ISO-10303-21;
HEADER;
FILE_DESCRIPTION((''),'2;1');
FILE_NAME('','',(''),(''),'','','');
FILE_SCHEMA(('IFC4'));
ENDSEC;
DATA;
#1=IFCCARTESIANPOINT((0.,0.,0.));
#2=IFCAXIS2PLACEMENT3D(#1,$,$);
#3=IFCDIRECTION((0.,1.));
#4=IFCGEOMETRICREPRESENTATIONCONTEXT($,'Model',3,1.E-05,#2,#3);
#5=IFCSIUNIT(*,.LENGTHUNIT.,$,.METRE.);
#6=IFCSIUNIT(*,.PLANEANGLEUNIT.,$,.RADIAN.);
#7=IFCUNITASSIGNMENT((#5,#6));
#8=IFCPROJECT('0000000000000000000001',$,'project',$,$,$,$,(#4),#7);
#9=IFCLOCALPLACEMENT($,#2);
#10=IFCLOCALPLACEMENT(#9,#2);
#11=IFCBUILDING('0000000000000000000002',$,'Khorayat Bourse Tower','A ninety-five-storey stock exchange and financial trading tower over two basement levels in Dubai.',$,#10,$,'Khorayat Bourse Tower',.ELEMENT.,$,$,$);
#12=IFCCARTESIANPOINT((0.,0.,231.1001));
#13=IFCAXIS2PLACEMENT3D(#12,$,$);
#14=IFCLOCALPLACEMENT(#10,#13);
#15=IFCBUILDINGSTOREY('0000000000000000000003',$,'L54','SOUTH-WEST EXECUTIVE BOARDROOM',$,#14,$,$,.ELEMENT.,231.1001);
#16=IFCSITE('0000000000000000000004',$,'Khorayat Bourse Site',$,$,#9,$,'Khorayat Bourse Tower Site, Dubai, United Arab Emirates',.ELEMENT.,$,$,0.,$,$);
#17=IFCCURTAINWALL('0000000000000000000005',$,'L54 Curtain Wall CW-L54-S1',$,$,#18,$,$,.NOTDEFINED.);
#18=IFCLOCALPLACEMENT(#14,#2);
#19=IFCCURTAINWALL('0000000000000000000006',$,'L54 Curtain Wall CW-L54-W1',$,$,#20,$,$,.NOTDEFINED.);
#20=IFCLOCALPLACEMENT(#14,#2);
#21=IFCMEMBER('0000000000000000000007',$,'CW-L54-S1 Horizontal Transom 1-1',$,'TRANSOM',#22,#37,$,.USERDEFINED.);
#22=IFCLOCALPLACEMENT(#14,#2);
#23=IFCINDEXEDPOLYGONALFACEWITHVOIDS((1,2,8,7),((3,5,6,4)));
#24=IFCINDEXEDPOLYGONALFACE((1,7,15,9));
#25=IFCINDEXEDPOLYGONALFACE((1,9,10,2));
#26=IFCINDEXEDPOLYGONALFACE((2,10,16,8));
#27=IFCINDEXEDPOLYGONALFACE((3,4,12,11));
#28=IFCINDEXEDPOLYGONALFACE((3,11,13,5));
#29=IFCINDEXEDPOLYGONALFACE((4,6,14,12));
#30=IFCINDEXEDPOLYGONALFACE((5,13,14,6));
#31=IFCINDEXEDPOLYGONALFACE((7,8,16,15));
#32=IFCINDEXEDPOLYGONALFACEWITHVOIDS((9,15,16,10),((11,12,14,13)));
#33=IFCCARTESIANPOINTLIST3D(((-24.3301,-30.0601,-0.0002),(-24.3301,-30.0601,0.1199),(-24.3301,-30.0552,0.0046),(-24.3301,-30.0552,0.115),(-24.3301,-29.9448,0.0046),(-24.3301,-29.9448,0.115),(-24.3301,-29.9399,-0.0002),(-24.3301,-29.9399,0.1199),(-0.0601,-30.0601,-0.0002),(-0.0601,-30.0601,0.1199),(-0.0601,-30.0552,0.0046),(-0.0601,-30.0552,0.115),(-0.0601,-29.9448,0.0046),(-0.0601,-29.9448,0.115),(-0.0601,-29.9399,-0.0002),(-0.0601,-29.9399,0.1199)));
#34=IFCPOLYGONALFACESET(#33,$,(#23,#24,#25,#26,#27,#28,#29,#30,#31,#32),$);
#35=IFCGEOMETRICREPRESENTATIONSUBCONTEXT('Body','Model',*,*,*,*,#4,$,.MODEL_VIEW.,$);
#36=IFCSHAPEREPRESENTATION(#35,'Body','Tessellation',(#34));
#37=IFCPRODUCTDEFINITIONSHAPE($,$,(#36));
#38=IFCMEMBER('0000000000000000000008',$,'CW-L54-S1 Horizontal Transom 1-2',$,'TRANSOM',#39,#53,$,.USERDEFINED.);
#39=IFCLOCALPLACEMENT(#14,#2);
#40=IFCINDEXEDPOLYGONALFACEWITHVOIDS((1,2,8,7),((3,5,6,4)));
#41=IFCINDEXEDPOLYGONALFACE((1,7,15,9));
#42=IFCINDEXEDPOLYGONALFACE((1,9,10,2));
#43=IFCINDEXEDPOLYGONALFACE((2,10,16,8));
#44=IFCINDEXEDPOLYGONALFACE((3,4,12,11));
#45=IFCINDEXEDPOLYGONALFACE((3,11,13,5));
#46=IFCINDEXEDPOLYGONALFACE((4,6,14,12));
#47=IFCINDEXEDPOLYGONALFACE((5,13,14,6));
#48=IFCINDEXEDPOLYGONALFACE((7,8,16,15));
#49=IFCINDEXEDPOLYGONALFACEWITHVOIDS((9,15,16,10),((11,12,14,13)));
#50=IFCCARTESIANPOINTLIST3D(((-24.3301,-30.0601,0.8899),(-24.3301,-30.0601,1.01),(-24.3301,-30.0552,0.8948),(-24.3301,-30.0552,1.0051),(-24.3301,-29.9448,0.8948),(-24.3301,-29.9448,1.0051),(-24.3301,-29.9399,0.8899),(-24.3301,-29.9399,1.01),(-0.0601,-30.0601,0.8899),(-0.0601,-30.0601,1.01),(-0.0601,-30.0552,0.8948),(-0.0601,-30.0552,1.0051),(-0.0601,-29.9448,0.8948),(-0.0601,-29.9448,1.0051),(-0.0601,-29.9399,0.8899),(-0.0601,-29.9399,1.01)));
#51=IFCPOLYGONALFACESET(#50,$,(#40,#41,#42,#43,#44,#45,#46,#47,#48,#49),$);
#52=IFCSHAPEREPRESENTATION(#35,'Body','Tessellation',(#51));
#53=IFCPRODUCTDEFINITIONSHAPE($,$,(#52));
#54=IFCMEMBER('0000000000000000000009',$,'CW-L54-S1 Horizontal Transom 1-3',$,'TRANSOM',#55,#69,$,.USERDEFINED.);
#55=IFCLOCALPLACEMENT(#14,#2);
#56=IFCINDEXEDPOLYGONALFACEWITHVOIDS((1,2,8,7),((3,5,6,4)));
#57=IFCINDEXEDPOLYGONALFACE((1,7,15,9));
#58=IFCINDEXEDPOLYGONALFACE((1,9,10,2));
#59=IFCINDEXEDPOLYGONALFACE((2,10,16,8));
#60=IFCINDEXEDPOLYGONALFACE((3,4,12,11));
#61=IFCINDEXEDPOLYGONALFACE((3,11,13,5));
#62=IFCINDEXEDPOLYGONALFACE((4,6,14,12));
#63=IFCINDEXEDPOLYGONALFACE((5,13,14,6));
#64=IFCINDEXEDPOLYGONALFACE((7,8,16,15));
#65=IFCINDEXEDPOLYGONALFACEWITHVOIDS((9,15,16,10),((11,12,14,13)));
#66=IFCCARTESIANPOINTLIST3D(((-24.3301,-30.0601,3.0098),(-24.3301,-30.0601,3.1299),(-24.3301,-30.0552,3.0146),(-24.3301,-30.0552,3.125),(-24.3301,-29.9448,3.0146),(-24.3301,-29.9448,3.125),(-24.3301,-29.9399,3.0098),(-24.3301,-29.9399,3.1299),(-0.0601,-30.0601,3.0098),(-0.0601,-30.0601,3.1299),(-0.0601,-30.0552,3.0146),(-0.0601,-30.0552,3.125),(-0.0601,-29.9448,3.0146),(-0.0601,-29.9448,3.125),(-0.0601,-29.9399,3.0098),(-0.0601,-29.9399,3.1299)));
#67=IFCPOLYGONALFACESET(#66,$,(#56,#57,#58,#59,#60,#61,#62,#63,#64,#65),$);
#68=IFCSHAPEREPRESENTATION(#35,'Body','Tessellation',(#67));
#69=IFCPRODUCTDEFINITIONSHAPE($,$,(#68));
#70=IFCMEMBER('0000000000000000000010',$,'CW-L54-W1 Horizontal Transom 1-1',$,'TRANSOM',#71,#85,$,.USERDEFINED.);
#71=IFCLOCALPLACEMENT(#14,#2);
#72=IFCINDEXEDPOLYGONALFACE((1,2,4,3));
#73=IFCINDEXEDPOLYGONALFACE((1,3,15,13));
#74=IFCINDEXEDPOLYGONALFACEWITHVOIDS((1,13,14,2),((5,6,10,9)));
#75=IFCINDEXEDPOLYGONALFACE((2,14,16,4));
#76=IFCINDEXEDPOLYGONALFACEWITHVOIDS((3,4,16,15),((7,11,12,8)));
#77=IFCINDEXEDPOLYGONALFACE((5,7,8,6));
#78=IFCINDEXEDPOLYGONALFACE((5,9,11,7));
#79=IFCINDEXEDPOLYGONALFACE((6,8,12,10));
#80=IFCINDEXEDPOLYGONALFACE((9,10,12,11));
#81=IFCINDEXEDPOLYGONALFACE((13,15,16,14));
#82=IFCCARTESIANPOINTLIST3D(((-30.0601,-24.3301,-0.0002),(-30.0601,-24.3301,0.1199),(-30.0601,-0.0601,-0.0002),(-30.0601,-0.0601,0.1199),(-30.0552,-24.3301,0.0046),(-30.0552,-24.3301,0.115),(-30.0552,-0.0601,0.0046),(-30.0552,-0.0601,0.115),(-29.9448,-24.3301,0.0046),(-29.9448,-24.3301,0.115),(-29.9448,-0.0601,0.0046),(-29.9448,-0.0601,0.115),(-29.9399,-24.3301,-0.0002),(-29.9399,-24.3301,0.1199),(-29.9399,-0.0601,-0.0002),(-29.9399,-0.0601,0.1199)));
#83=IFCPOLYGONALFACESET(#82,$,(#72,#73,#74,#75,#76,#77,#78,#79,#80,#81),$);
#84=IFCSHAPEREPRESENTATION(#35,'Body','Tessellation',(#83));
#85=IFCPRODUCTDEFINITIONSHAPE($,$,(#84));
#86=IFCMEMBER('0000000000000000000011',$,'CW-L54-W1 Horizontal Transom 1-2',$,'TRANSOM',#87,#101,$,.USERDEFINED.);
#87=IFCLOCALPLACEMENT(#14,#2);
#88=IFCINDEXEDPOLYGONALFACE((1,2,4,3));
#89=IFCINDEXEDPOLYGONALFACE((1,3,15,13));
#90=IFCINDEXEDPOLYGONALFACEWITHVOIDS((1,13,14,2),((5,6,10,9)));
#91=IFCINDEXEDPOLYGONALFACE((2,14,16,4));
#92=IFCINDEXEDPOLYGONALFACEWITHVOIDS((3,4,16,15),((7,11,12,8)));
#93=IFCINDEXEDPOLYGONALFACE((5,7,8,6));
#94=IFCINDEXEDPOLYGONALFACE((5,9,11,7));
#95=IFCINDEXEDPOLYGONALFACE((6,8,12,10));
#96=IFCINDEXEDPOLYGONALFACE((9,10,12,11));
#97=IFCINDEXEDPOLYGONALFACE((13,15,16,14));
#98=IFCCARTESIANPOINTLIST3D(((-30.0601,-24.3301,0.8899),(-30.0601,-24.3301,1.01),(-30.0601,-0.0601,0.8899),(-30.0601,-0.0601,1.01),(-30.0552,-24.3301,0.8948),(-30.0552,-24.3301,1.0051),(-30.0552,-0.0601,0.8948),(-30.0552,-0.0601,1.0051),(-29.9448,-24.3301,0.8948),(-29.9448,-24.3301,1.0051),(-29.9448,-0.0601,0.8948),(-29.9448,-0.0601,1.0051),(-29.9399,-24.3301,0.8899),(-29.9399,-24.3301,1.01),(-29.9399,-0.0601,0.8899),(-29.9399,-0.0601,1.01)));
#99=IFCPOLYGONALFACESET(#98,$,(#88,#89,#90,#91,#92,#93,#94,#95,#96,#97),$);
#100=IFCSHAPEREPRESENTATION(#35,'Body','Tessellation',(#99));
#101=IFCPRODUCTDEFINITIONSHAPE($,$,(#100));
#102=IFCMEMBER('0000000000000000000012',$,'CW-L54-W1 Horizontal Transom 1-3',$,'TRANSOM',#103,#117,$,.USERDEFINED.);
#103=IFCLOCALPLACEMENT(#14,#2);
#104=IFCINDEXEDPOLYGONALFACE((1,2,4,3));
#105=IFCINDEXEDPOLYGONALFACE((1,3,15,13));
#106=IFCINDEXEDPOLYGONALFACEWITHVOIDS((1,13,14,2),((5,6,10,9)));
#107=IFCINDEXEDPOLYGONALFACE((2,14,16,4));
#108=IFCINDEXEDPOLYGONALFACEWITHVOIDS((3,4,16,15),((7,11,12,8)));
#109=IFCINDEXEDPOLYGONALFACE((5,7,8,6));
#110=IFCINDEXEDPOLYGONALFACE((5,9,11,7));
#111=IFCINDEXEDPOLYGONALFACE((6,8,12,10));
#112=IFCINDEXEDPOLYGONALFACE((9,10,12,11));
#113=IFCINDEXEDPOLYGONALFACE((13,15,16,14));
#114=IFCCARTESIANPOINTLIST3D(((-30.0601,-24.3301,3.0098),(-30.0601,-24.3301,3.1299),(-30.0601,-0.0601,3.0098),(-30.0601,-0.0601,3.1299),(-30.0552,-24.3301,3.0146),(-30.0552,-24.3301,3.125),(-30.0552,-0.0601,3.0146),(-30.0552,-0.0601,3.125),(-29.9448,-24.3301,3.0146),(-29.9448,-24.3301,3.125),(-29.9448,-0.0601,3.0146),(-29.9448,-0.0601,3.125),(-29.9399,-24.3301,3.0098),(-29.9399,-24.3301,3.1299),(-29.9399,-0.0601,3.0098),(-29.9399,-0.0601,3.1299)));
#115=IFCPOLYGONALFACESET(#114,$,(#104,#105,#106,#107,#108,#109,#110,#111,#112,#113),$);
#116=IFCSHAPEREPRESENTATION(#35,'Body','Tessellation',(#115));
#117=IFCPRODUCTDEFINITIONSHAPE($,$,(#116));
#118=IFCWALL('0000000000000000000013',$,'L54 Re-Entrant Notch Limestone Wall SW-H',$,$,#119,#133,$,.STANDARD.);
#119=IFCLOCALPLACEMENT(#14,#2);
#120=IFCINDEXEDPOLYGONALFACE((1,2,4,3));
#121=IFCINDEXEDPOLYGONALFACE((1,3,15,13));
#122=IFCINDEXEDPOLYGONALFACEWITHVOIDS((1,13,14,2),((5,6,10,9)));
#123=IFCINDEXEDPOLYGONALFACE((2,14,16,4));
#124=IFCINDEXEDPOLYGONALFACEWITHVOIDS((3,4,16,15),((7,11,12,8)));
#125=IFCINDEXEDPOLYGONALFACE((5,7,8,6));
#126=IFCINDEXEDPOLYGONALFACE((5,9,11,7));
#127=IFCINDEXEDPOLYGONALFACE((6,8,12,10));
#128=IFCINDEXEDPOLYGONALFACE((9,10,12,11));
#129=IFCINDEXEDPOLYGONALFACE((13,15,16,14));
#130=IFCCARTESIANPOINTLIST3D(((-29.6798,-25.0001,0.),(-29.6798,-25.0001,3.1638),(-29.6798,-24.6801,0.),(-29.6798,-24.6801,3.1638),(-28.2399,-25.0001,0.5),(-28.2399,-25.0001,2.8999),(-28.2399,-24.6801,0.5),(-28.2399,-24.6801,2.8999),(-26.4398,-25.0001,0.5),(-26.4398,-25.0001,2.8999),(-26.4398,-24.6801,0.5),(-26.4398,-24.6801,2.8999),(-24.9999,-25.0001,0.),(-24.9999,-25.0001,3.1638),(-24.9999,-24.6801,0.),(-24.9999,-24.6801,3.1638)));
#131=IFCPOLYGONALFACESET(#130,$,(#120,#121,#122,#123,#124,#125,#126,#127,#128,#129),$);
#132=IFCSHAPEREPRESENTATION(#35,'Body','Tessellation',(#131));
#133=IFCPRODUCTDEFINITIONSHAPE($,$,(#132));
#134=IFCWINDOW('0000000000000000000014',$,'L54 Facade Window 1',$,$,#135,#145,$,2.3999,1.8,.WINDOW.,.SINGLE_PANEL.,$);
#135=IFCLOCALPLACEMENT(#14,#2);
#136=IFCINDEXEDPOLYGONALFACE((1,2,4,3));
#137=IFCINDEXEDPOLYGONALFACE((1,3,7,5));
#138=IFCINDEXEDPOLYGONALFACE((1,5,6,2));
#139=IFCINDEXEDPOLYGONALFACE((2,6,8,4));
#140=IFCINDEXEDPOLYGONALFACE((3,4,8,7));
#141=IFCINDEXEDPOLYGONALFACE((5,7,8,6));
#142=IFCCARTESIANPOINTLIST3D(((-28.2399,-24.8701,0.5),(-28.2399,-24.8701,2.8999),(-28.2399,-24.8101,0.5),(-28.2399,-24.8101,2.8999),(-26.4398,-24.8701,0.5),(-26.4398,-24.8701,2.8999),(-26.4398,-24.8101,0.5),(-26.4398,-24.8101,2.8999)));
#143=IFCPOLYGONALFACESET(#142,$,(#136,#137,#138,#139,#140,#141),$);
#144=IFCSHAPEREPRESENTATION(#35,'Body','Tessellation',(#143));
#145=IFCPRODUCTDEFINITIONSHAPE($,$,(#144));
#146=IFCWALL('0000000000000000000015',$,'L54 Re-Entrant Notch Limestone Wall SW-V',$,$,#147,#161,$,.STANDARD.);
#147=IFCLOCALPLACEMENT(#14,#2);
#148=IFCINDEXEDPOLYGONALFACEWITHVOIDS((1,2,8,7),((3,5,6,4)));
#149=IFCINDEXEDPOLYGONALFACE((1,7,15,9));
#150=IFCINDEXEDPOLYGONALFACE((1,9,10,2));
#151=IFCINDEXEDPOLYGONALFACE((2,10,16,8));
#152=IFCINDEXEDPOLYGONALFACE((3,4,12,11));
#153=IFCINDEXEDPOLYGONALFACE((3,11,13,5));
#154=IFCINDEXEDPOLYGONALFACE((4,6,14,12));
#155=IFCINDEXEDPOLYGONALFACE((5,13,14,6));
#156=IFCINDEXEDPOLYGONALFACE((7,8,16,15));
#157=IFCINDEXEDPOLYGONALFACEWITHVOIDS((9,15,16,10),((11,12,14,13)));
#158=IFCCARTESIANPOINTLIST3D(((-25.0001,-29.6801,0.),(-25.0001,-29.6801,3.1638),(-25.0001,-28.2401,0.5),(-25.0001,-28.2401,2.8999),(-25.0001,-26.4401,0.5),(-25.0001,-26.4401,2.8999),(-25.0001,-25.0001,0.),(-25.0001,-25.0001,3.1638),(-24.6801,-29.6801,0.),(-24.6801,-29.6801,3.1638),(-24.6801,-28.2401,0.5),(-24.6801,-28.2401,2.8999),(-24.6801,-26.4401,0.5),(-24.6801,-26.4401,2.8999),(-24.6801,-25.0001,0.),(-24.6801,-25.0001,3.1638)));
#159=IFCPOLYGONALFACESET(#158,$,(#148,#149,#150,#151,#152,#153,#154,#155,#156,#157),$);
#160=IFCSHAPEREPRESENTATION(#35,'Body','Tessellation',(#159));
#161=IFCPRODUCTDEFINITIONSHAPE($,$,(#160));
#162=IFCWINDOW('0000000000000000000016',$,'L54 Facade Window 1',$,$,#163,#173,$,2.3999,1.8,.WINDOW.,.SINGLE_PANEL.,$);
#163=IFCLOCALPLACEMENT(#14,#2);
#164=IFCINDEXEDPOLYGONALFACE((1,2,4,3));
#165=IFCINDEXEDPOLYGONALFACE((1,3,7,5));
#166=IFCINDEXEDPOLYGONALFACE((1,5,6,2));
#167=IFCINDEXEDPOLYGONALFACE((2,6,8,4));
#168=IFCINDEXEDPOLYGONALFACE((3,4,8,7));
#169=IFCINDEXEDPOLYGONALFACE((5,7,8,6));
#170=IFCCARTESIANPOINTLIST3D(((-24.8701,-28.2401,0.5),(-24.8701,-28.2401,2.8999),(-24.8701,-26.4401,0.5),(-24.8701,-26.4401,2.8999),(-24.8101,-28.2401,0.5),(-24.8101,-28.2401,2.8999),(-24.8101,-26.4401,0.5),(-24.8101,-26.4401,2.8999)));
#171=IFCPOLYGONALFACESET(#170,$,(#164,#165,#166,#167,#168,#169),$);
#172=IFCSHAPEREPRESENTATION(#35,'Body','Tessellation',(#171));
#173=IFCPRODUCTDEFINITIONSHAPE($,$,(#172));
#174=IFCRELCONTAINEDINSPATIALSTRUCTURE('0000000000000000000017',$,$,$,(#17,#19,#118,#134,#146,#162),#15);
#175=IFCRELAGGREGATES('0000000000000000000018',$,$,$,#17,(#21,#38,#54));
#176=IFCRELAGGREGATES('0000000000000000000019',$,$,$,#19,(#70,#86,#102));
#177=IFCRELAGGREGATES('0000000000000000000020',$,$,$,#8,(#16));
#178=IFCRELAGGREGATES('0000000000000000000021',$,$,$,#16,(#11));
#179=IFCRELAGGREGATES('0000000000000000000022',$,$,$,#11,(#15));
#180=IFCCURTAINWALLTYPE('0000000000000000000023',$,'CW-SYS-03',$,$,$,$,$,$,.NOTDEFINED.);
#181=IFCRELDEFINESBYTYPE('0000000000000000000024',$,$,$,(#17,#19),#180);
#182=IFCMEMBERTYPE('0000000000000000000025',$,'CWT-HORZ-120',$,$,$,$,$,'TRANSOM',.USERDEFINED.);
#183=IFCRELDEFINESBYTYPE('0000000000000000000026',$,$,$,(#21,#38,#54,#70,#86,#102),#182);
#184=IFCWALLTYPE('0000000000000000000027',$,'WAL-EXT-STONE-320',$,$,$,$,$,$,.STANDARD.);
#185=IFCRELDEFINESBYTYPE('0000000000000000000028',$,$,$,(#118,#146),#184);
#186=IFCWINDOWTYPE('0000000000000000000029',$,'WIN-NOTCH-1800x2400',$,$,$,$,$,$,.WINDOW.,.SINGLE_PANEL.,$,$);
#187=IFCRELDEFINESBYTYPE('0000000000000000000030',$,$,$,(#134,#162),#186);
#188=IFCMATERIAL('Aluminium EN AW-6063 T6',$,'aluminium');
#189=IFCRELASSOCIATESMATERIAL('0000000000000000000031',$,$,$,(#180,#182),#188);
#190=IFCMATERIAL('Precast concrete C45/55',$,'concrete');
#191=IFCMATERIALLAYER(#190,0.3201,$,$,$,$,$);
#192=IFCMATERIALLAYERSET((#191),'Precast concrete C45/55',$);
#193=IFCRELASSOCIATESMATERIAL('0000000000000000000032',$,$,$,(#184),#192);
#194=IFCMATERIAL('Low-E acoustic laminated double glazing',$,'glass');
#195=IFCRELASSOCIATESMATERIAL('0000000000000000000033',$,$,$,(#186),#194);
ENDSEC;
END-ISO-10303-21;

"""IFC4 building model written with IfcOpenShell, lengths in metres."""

from ifc_helpers import new_model, si_unit, direction, frame, frame_2d, origin, origin_2d, place, context, subcontext, project, spatial, rectangle, hollow_rectangle, extrude, source, transform, mapped, material, layer, layer_set, material_profile, profile_set, type_object, element, fill, aggregate, save


model = new_model("IFC4")

# Units and contexts
model_context = context("Model", 3, precision=1e-05, world=origin(), true_north=direction((0.0, 1.0)))
body_context = subcontext(model_context, "Body", "Model", "MODEL_VIEW")
ifc_project = project(units=[si_unit("LENGTHUNIT", "METRE"), si_unit("PLANEANGLEUNIT", "RADIAN")], contexts=[model_context])

# Site, building, storey
site_placement = place(None, origin())
site = spatial("IfcSite", under=ifc_project, at=site_placement, Name="Khorayat Bourse Site", LongName="Khorayat Bourse Tower Site, Dubai, United Arab Emirates", CompositionType="ELEMENT", RefElevation=0.0)
building_placement = place(site_placement, origin())
building = spatial("IfcBuilding", under=site, at=building_placement, Name="Khorayat Bourse Tower", Description="A ninety-five-storey stock exchange and financial trading tower over two basement levels in Dubai.", LongName="Khorayat Bourse Tower", CompositionType="ELEMENT")
storey_placement = place(building_placement, frame((0.0, 0.0, 231.1001)))
storey = spatial("IfcBuildingStorey", under=building, at=storey_placement, Name="L54", Description="SOUTH-WEST EXECUTIVE BOARDROOM", CompositionType="ELEMENT", Elevation=231.1001)

# Curtain walls
ifc_material_1 = material(Name="Aluminium EN AW-6063 T6", Category="aluminium")
curtain_wall_type = type_object("IfcCurtainWallType", Name="CW-SYS-03", PredefinedType="NOTDEFINED", material=ifc_material_1)
curtain_wall_1_placement = place(storey_placement, origin())
curtain_wall_1 = element("IfcCurtainWall", 1, at=curtain_wall_1_placement, inside=storey, type_object=curtain_wall_type, Name="L54 Curtain Wall CW-L54-S1", PredefinedType="NOTDEFINED")
curtain_wall_2_placement = place(storey_placement, origin())
curtain_wall_2 = element("IfcCurtainWall", 2, at=curtain_wall_2_placement, inside=storey, type_object=curtain_wall_type, Name="L54 Curtain Wall CW-L54-W1", PredefinedType="NOTDEFINED")

# Members
ifc_material_profile_1 = material_profile(ifc_material_1, hollow_rectangle(XDim=0.1201, YDim=0.1201, WallThickness=0.0049, at=origin_2d()), Name="ALU 120x120x5")
ifc_profile_set_1 = profile_set([ifc_material_profile_1], Name="Aluminium EN AW-6063 T6")
member_type_1 = type_object("IfcMemberType", Name="CWT-HORZ-120", ElementType="TRANSOM", PredefinedType="USERDEFINED", material=ifc_profile_set_1)
shared_shape_1 = source(origin(), body_context, "Body", "SweptSolid", [
    extrude(hollow_rectangle(XDim=0.1201, YDim=0.1201, WallThickness=0.0049, at=origin_2d()), origin(), (0.0, 0.0, 1.0), 24.27),
])
member_1_placement = place(storey_placement, frame((-24.3301, -30.0, 0.0598), z_axis=(1.0, 0.0, 0.0), x_axis=(0.0, 1.0, 0.0)))
member_1 = element("IfcMember", 3, at=member_1_placement, type_object=member_type_1, Name="CW-L54-S1 Horizontal Transom 1-1", ObjectType="TRANSOM", PredefinedType="USERDEFINED", context=body_context, shape_type="MappedRepresentation", body=[
    mapped(shared_shape_1, transform((0.0, 0.0, 0.0), scale=1.0)),
])
member_2_placement = place(storey_placement, frame((-24.3301, -30.0, 0.95), z_axis=(1.0, 0.0, 0.0), x_axis=(0.0, 1.0, 0.0)))
member_2 = element("IfcMember", 4, at=member_2_placement, type_object=member_type_1, Name="CW-L54-S1 Horizontal Transom 1-2", ObjectType="TRANSOM", PredefinedType="USERDEFINED", context=body_context, shape_type="MappedRepresentation", body=[
    mapped(shared_shape_1, transform((0.0, 0.0, 0.0), scale=1.0)),
])
member_3_placement = place(storey_placement, frame((-24.3301, -30.0, 3.0698), z_axis=(1.0, 0.0, 0.0), x_axis=(0.0, 1.0, 0.0)))
member_3 = element("IfcMember", 5, at=member_3_placement, type_object=member_type_1, Name="CW-L54-S1 Horizontal Transom 1-3", ObjectType="TRANSOM", PredefinedType="USERDEFINED", context=body_context, shape_type="MappedRepresentation", body=[
    mapped(shared_shape_1, transform((0.0, 0.0, 0.0), scale=1.0)),
])
aggregate(curtain_wall_1, [member_1, member_2, member_3])
member_4_placement = place(storey_placement, frame((-30.0, -24.3301, 0.0598), z_axis=(0.0, 1.0, 0.0), x_axis=(-1.0, 0.0, 0.0)))
member_4 = element("IfcMember", 6, at=member_4_placement, type_object=member_type_1, Name="CW-L54-W1 Horizontal Transom 1-1", ObjectType="TRANSOM", PredefinedType="USERDEFINED", context=body_context, shape_type="MappedRepresentation", body=[
    mapped(shared_shape_1, transform((0.0, 0.0, 0.0), scale=1.0)),
])
member_5_placement = place(storey_placement, frame((-30.0, -24.3301, 0.95), z_axis=(0.0, 1.0, 0.0), x_axis=(-1.0, 0.0, 0.0)))
member_5 = element("IfcMember", 7, at=member_5_placement, type_object=member_type_1, Name="CW-L54-W1 Horizontal Transom 1-2", ObjectType="TRANSOM", PredefinedType="USERDEFINED", context=body_context, shape_type="MappedRepresentation", body=[
    mapped(shared_shape_1, transform((0.0, 0.0, 0.0), scale=1.0)),
])
member_6_placement = place(storey_placement, frame((-30.0, -24.3301, 3.0698), z_axis=(0.0, 1.0, 0.0), x_axis=(-1.0, 0.0, 0.0)))
member_6 = element("IfcMember", 8, at=member_6_placement, type_object=member_type_1, Name="CW-L54-W1 Horizontal Transom 1-3", ObjectType="TRANSOM", PredefinedType="USERDEFINED", context=body_context, shape_type="MappedRepresentation", body=[
    mapped(shared_shape_1, transform((0.0, 0.0, 0.0), scale=1.0)),
])
aggregate(curtain_wall_2, [member_4, member_5, member_6])

# Walls, openings, windows
ifc_material_2 = material(Name="Precast concrete C45/55", Category="concrete")
ifc_layer = layer(ifc_material_2, 0.3201)
ifc_layer_set = layer_set([ifc_layer], Name="Precast concrete C45/55")
wall_type = type_object("IfcWallType", Name="WAL-EXT-STONE-320", PredefinedType="STANDARD", material=ifc_layer_set)
shared_shape_2 = source(origin(), body_context, "Body", "SweptSolid", [
    extrude(rectangle(XDim=4.6799, YDim=0.3201, at=frame_2d((2.3398, 0.0))), origin(), (0.0, 0.0, 1.0), 3.1638),
])
wall_1_placement = place(storey_placement, frame((-25.0, -24.8401, 0.0), z_axis=(0.0, 0.0, 1.0), x_axis=(-1.0, 0.0, 0.0)))
wall_1 = element("IfcWall", 9, at=wall_1_placement, inside=storey, type_object=wall_type, Name="L54 Re-Entrant Notch Limestone Wall SW-H", PredefinedType="STANDARD", context=body_context, shape_type="MappedRepresentation", body=[
    mapped(shared_shape_2, transform((0.0, 0.0, 0.0), scale=1.0)),
])
shared_shape_3 = source(origin(), body_context, "Body", "SweptSolid", [
    extrude(rectangle(XDim=1.8, YDim=2.3999, at=frame_2d((0.8999, 1.2))), frame((0.0, 0.1699, 0.0), z_axis=(0.0, -1.0, 0.0), x_axis=(1.0, 0.0, 0.0)), (0.0, 0.0, 1.0), 0.3401),
])
opening_1_placement = place(wall_1_placement, frame((1.4399, 0.0, 0.5)))
opening_1 = element("IfcOpeningElement", 10, at=opening_1_placement, cuts=wall_1, PredefinedType="OPENING", context=body_context, shape_type="MappedRepresentation", body=[
    mapped(shared_shape_3, transform((0.0, 0.0, 0.0), scale=1.0)),
])
ifc_material_3 = material(Name="Low-E acoustic laminated double glazing", Category="glass")
window_type = type_object("IfcWindowType", Name="WIN-NOTCH-1800x2400", PartitioningType="SINGLE_PANEL", PredefinedType="WINDOW", material=ifc_material_3)
shared_shape_4 = source(origin(), body_context, "Body", "SweptSolid", [
    extrude(rectangle(XDim=1.8, YDim=2.3999, at=frame_2d((0.8999, 1.2))), frame((0.0, 0.03, 0.0), z_axis=(0.0, -1.0, 0.0), x_axis=(1.0, 0.0, 0.0)), (0.0, 0.0, 1.0), 0.0601),
])
window_1_placement = place(opening_1_placement, origin())
window_1 = element("IfcWindow", 11, at=window_1_placement, inside=storey, type_object=window_type, Name="L54 Facade Window 1", OverallHeight=2.3999, OverallWidth=1.8, PartitioningType="SINGLE_PANEL", PredefinedType="WINDOW", context=body_context, shape_type="MappedRepresentation", body=[
    mapped(shared_shape_4, transform((0.0, 0.0, 0.0), scale=1.0)),
])
fill(opening_1, window_1)
wall_2_placement = place(storey_placement, frame((-24.8401, -29.6799, 0.0), z_axis=(0.0, 0.0, 1.0), x_axis=(0.0, 1.0, 0.0)))
wall_2 = element("IfcWall", 12, at=wall_2_placement, inside=storey, type_object=wall_type, Name="L54 Re-Entrant Notch Limestone Wall SW-V", PredefinedType="STANDARD", context=body_context, shape_type="MappedRepresentation", body=[
    mapped(shared_shape_2, transform((0.0, 0.0, 0.0), scale=1.0)),
])
opening_2_placement = place(wall_2_placement, frame((1.4399, 0.0, 0.5)))
opening_2 = element("IfcOpeningElement", 13, at=opening_2_placement, cuts=wall_2, PredefinedType="OPENING", context=body_context, shape_type="MappedRepresentation", body=[
    mapped(shared_shape_3, transform((0.0, 0.0, 0.0), scale=1.0)),
])
window_2_placement = place(opening_2_placement, origin())
window_2 = element("IfcWindow", 14, at=window_2_placement, inside=storey, type_object=window_type, Name="L54 Facade Window 1", OverallHeight=2.3999, OverallWidth=1.8, PartitioningType="SINGLE_PANEL", PredefinedType="WINDOW", context=body_context, shape_type="MappedRepresentation", body=[
    mapped(shared_shape_4, transform((0.0, 0.0, 0.0), scale=1.0)),
])
fill(opening_2, window_2)

save(model, "model.ifc")
